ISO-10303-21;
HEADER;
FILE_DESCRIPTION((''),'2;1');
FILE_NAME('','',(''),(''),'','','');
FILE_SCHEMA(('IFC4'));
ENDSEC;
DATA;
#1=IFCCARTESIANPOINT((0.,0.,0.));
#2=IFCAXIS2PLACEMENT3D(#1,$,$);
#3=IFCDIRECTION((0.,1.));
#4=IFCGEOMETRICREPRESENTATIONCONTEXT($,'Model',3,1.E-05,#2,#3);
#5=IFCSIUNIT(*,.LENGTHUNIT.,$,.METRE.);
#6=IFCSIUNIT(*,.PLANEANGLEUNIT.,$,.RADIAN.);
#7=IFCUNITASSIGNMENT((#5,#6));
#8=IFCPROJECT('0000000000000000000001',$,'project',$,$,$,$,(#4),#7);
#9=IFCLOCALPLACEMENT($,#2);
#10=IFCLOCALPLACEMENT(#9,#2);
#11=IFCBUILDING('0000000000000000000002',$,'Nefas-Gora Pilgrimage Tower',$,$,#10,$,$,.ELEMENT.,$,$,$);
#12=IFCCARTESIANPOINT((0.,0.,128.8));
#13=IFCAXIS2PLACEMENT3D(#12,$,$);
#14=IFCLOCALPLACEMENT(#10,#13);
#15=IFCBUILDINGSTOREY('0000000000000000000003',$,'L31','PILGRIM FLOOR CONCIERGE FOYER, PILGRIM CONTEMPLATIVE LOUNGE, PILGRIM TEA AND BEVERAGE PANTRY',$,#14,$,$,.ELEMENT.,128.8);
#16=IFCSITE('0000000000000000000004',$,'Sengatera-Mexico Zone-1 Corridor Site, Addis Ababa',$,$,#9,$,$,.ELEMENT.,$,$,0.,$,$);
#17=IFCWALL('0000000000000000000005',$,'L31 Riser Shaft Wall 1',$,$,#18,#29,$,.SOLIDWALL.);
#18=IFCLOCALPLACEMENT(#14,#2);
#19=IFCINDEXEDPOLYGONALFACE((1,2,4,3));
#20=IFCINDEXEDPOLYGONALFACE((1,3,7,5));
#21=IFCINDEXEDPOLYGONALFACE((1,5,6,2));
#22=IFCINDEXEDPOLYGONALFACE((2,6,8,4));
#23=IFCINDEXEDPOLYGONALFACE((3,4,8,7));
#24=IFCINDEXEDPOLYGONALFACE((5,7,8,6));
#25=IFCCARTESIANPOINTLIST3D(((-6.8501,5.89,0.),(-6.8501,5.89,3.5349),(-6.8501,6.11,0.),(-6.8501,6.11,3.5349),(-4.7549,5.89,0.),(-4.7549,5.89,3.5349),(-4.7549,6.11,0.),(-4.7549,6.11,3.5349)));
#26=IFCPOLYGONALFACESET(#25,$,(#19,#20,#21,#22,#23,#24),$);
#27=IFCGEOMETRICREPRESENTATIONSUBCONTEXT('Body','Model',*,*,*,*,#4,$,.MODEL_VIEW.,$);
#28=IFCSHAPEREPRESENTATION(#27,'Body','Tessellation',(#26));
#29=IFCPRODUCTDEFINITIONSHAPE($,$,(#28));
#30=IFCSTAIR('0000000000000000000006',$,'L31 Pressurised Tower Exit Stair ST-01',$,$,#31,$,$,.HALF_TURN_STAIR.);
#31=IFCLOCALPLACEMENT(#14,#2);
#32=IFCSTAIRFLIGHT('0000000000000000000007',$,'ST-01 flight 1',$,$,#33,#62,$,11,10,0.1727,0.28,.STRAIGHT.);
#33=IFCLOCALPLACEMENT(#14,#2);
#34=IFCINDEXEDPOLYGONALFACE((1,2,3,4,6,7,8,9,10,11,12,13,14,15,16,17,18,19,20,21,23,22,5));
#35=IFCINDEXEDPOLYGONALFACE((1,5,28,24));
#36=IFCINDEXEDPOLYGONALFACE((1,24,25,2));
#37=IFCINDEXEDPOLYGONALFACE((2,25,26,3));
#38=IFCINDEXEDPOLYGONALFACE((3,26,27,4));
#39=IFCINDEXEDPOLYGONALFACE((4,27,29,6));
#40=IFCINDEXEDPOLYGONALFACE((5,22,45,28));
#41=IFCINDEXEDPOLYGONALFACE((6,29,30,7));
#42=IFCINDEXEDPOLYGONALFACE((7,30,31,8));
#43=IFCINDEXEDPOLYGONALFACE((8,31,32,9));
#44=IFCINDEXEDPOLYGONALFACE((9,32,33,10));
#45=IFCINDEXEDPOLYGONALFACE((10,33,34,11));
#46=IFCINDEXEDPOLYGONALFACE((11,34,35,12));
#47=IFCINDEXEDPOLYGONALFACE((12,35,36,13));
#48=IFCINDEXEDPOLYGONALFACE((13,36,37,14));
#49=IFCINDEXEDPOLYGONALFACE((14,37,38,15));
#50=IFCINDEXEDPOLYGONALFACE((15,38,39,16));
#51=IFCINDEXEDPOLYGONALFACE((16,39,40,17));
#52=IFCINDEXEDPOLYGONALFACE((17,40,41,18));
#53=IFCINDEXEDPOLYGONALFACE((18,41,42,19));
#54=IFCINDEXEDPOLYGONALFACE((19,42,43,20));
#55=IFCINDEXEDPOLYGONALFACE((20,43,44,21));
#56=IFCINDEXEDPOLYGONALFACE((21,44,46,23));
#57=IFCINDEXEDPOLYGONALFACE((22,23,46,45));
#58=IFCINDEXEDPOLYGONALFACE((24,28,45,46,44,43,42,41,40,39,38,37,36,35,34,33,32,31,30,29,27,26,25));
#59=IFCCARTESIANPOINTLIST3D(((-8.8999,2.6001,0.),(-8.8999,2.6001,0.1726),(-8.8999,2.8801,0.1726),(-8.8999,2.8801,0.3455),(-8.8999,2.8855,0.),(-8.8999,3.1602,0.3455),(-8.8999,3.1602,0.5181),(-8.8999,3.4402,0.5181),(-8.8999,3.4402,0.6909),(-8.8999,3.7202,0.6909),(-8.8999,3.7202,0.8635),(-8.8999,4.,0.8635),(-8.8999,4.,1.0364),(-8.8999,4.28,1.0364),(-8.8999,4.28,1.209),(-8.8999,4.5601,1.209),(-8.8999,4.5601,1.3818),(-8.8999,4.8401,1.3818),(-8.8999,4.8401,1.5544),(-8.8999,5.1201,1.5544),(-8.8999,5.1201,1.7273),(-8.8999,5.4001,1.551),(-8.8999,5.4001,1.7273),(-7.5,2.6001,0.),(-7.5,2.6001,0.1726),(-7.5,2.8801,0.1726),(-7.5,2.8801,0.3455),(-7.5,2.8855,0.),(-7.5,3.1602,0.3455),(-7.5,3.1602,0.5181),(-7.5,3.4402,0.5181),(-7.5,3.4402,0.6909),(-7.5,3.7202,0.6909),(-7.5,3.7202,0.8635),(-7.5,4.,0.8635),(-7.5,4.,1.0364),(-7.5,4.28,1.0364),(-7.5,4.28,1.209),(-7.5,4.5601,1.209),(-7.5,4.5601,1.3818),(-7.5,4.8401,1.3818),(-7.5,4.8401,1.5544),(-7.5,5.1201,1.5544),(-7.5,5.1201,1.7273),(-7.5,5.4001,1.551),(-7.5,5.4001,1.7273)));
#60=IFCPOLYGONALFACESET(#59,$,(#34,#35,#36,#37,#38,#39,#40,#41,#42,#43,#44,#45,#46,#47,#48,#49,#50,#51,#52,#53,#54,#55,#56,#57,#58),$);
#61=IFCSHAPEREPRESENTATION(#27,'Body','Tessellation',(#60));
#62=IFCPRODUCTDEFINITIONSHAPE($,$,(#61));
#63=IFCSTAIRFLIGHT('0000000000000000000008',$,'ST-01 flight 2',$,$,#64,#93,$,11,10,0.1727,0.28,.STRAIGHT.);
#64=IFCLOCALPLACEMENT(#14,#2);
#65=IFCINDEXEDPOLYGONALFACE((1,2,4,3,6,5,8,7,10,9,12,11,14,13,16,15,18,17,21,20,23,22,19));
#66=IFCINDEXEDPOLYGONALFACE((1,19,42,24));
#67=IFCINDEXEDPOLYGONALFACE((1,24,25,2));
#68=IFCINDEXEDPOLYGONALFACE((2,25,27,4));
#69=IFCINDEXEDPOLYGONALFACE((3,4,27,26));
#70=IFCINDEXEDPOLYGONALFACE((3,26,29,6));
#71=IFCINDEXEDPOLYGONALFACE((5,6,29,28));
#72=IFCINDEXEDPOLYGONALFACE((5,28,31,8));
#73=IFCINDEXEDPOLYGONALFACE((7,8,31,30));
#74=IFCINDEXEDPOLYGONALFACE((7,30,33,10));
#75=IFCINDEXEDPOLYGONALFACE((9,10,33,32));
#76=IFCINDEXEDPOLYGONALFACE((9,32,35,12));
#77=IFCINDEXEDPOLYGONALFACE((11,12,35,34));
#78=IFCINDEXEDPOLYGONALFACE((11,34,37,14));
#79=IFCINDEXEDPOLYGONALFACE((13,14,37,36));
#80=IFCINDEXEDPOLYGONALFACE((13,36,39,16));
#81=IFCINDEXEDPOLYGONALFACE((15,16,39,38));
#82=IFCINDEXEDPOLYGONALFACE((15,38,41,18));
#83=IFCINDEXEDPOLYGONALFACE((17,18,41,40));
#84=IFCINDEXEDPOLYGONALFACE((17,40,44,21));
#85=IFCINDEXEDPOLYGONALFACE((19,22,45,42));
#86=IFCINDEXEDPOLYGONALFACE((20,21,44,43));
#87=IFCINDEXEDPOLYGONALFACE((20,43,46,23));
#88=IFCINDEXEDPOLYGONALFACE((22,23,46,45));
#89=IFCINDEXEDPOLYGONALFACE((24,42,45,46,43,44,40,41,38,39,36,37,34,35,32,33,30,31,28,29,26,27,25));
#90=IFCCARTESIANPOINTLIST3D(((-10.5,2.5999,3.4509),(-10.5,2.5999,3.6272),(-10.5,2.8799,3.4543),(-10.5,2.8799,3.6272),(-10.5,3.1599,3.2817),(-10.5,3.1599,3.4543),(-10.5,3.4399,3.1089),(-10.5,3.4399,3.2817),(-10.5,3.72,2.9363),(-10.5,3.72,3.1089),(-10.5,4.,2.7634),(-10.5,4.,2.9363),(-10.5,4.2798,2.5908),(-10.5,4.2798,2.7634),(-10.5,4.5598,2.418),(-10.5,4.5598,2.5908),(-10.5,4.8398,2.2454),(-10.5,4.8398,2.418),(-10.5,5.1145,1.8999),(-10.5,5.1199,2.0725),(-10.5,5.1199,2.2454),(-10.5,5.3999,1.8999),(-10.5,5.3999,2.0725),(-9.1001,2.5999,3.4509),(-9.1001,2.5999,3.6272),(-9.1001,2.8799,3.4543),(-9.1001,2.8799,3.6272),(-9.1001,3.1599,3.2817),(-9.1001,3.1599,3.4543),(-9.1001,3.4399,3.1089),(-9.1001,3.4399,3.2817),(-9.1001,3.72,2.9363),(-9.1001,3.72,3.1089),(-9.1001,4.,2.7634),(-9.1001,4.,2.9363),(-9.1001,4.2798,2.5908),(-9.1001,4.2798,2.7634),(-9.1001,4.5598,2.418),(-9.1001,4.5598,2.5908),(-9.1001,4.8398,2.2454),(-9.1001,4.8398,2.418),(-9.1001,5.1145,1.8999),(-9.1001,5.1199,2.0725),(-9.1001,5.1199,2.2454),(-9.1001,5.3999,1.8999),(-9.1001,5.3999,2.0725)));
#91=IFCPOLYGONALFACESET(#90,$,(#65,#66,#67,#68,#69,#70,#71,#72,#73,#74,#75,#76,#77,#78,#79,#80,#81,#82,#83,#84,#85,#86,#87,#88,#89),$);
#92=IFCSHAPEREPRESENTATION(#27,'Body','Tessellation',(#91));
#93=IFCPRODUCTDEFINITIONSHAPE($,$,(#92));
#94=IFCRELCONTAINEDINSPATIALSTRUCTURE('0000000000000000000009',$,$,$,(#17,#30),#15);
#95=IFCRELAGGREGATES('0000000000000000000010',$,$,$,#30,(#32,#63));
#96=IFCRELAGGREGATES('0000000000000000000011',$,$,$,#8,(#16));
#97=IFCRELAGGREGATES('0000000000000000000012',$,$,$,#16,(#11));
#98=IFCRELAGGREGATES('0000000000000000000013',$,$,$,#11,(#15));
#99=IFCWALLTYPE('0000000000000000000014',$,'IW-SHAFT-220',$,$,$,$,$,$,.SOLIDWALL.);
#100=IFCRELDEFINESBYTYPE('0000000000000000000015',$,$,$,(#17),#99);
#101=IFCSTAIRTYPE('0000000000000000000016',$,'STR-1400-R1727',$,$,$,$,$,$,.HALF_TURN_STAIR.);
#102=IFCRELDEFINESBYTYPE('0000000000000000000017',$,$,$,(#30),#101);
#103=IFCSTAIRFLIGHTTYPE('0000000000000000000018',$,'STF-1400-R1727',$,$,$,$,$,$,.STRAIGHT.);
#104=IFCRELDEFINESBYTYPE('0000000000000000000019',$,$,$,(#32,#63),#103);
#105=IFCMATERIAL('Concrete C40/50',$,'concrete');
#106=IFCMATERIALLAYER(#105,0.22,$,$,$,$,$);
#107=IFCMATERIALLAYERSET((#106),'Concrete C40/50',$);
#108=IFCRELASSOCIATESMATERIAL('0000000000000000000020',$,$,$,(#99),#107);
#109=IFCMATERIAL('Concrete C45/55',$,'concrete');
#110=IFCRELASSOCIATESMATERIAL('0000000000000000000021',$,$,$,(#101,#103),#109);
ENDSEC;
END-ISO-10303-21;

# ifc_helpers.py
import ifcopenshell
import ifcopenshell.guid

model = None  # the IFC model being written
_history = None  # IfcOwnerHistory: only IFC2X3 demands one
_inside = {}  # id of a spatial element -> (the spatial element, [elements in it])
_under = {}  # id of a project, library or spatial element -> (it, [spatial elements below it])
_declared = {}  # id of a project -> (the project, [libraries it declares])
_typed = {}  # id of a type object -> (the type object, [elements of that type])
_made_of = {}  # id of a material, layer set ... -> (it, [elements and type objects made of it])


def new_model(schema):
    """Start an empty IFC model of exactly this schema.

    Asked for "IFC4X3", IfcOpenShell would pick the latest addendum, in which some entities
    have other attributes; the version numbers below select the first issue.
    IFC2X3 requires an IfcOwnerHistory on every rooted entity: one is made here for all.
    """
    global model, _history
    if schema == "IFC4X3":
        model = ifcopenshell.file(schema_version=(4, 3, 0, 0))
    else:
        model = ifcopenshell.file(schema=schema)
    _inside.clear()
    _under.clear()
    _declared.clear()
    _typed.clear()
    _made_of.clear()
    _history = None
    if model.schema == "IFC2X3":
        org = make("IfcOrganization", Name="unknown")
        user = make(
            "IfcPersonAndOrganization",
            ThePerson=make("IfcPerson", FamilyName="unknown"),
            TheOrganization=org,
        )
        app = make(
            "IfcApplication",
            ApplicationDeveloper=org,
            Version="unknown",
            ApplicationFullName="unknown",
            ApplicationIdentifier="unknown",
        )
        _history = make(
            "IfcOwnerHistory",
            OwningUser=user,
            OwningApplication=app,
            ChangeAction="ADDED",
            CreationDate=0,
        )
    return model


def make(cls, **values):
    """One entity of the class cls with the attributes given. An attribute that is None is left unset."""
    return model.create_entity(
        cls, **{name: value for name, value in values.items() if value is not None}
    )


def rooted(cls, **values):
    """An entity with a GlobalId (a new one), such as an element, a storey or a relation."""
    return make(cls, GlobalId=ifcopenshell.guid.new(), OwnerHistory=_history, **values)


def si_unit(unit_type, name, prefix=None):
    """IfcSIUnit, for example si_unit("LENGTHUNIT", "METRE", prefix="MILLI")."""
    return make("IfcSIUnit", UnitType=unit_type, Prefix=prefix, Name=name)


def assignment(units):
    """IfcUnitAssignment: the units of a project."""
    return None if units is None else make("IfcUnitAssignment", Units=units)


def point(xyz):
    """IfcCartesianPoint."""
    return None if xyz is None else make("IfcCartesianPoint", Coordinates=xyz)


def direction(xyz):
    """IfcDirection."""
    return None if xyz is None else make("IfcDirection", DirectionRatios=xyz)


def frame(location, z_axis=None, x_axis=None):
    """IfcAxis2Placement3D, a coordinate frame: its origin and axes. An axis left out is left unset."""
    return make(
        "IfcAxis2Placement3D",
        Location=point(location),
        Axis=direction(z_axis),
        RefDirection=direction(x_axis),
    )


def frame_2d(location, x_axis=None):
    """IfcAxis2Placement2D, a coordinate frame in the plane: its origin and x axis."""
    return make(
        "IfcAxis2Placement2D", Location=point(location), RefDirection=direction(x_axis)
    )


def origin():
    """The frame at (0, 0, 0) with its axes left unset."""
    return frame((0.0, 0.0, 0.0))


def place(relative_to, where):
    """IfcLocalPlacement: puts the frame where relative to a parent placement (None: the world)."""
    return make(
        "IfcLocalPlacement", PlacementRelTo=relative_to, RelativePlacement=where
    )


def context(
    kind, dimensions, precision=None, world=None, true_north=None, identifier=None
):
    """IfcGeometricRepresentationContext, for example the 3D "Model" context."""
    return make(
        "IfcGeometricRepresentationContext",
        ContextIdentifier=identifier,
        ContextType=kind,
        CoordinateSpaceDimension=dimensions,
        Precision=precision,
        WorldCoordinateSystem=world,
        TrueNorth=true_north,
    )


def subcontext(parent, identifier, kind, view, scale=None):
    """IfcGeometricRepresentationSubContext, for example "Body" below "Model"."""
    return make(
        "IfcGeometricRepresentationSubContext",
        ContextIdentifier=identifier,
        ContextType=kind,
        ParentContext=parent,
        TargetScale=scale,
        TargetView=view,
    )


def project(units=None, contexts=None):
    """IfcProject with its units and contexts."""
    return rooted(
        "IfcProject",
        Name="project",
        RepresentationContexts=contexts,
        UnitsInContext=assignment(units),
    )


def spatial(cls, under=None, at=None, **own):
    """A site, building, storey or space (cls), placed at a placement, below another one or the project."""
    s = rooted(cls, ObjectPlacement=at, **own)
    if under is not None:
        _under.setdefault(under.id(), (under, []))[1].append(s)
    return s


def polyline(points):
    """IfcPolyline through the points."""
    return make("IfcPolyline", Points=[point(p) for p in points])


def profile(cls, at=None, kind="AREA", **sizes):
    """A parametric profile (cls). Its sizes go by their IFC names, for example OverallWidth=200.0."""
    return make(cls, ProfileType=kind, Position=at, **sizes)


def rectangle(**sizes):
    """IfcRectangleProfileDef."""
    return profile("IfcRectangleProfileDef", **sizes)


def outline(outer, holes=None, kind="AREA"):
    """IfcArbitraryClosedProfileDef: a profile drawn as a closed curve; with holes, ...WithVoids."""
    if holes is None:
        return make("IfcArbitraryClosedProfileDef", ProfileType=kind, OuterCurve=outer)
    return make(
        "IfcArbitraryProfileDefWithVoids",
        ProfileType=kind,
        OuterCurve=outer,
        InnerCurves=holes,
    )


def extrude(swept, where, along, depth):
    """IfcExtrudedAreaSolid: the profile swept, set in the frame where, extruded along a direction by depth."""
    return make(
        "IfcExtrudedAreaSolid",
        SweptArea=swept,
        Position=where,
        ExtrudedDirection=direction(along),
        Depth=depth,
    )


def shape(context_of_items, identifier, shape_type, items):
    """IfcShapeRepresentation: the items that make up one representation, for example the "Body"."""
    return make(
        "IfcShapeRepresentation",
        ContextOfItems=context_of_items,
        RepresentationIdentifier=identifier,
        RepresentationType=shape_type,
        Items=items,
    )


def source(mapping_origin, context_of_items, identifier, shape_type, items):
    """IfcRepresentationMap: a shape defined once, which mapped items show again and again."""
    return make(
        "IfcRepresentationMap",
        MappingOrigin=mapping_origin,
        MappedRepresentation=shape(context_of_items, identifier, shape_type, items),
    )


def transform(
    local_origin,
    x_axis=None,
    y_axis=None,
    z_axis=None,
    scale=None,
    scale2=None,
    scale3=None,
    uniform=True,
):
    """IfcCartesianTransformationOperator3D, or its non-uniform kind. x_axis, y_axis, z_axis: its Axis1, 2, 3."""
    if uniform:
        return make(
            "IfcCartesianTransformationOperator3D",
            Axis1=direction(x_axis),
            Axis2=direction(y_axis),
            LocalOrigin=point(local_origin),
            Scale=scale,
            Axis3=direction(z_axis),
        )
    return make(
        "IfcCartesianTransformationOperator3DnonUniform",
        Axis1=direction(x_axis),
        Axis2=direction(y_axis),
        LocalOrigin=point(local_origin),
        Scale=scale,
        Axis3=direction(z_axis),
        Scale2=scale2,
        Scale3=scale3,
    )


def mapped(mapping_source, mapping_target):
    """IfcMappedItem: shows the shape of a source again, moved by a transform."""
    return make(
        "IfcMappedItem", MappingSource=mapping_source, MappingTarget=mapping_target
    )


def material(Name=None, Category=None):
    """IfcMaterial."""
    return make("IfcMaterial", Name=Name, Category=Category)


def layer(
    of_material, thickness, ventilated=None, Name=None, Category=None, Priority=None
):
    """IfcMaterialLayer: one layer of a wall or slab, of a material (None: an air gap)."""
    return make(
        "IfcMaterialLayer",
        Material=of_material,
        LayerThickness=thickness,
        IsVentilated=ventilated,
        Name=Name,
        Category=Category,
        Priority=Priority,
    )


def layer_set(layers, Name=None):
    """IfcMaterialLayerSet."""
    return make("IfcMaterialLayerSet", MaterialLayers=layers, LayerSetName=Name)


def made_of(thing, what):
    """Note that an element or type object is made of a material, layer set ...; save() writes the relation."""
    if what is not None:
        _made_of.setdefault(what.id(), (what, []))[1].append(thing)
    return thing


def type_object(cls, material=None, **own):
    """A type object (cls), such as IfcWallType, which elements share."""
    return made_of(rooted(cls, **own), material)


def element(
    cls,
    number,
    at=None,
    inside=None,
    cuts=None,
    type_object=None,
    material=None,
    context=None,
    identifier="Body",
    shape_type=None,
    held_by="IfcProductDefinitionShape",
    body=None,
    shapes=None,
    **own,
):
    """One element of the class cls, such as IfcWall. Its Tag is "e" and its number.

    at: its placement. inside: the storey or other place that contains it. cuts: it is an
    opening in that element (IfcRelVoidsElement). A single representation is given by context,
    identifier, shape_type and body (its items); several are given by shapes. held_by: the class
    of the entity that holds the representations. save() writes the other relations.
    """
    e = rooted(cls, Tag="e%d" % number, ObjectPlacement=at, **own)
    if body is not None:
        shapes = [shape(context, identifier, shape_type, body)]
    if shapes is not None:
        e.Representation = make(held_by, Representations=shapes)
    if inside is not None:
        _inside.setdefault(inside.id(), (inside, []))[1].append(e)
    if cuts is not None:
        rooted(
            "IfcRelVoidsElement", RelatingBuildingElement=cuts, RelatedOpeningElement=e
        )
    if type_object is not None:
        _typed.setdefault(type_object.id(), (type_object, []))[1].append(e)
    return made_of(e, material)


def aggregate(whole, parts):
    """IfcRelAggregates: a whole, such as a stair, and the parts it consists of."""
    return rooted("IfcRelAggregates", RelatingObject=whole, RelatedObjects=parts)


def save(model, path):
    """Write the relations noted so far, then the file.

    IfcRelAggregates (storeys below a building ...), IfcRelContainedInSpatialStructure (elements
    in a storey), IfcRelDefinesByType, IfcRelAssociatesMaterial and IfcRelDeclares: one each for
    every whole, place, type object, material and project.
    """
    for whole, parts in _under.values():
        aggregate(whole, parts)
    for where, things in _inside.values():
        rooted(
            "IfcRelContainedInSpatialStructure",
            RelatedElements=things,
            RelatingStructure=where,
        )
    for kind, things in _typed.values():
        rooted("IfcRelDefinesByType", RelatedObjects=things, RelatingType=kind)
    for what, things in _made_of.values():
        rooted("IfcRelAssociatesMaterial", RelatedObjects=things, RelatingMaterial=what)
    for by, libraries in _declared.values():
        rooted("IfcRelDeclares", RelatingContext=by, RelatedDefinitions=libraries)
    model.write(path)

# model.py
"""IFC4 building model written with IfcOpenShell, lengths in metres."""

from ifc_helpers import new_model, si_unit, direction, frame, frame_2d, origin, place, context, subcontext, project, spatial, polyline, rectangle, outline, extrude, source, transform, mapped, material, layer, layer_set, type_object, element, aggregate, save


model = new_model("IFC4")

# Units and contexts
model_context = context("Model", 3, precision=1e-05, world=origin(), true_north=direction((0.0, 1.0)))
body_context = subcontext(model_context, "Body", "Model", "MODEL_VIEW")
ifc_project = project(units=[si_unit("LENGTHUNIT", "METRE"), si_unit("PLANEANGLEUNIT", "RADIAN")], contexts=[model_context])

# Site, building, storey
site_placement = place(None, origin())
site = spatial("IfcSite", under=ifc_project, at=site_placement, Name="Sengatera-Mexico Zone-1 Corridor Site, Addis Ababa", CompositionType="ELEMENT", RefElevation=0.0)
building_placement = place(site_placement, origin())
building = spatial("IfcBuilding", under=site, at=building_placement, Name="Nefas-Gora Pilgrimage Tower", CompositionType="ELEMENT")
storey_placement = place(building_placement, frame((0.0, 0.0, 128.8)))
storey = spatial("IfcBuildingStorey", under=building, at=storey_placement, Name="L31", Description="PILGRIM FLOOR CONCIERGE FOYER, PILGRIM CONTEMPLATIVE LOUNGE, PILGRIM TEA AND BEVERAGE PANTRY", CompositionType="ELEMENT", Elevation=128.8)

# Shared definitions
ifc_material_1 = material(Name="Concrete C45/55", Category="concrete")

# Shared definitions
ifc_material_2 = material(Name="Concrete C40/50", Category="concrete")
ifc_layer_1 = layer(ifc_material_2, 0.22)
ifc_layer_set_1 = layer_set([ifc_layer_1], Name="Concrete C40/50")
wall_type_1 = type_object("IfcWallType", Name="IW-SHAFT-220", PredefinedType="SOLIDWALL", material=ifc_layer_set_1)

# Wall
shared_shape_1 = source(origin(), body_context, "Body", "SweptSolid", [
    extrude(rectangle(XDim=2.0952, YDim=0.22, at=frame_2d((1.0476, 0.0))), origin(), (0.0, 0.0, 1.0), 3.5349),
])
wall_1_placement = place(storey_placement, frame((-6.8501, 6.0, 0.0), z_axis=(0.0, 0.0, 1.0), x_axis=(1.0, 0.0, 0.0)))
element("IfcWall", 1, at=wall_1_placement, inside=storey, type_object=wall_type_1, Name="L31 Riser Shaft Wall 1", PredefinedType="SOLIDWALL", context=body_context, shape_type="MappedRepresentation", body=[
    mapped(shared_shape_1, transform((0.0, 0.0, 0.0), x_axis=(1.0, 0.0, 0.0), y_axis=(0.0, 1.0, 0.0), z_axis=(0.0, 0.0, 1.0), scale=1.0)),
])

# Stair, stair flights
stair_type = type_object("IfcStairType", Name="STR-1400-R1727", PredefinedType="HALF_TURN_STAIR", material=ifc_material_1)
stair_placement = place(storey_placement, origin())
stair = element("IfcStair", 2, at=stair_placement, inside=storey, type_object=stair_type, Name="L31 Pressurised Tower Exit Stair ST-01", PredefinedType="HALF_TURN_STAIR")
stair_flight_type = type_object("IfcStairFlightType", Name="STF-1400-R1727", PredefinedType="STRAIGHT", material=ifc_material_1)
shared_shape_2 = source(origin(), body_context, "Body", "SweptSolid", [
    extrude(outline(polyline([(0.0, 0.0), (0.0, 0.1726), (0.28, 0.1726), (0.28, 0.3455), (0.5601, 0.3455), (0.5601, 0.5181), (0.8401, 0.5181), (0.8401, 0.6909), (1.1201, 0.6909), (1.1201, 0.8635), (1.3999, 0.8635), (1.3999, 1.0364), (1.6799, 1.0364), (1.6799, 1.209), (1.96, 1.209), (1.96, 1.3818), (2.24, 1.3818), (2.24, 1.5544), (2.52, 1.5544), (2.52, 1.7273), (2.8, 1.7273), (2.8, 1.8999), (2.8, 1.551), (0.2854, 0.0), (0.0, 0.0)])), frame((0.0, 0.7, 0.0), z_axis=(0.0, -1.0, 0.0), x_axis=(1.0, 0.0, 0.0)), (0.0, 0.0, 1.0), 1.3999),
])
stair_flight_1_placement = place(storey_placement, frame((-8.2, 2.6001, 0.0), z_axis=(0.0, 0.0, 1.0), x_axis=(0.0, 1.0, 0.0)))
stair_flight_1 = element("IfcStairFlight", 3, at=stair_flight_1_placement, type_object=stair_flight_type, Name="ST-01 flight 1", NumberOfRisers=11, NumberOfTreads=10, PredefinedType="STRAIGHT", RiserHeight=0.1727, TreadLength=0.28, context=body_context, shape_type="MappedRepresentation", body=[
    mapped(shared_shape_2, transform((0.0, 0.0, 0.0), x_axis=(1.0, 0.0, 0.0), y_axis=(0.0, 1.0, 0.0), z_axis=(0.0, 0.0, 1.0), scale=1.0)),
])
stair_flight_2_placement = place(storey_placement, frame((-9.8, 5.3999, 1.8999), z_axis=(0.0, 0.0, 1.0), x_axis=(0.0, -1.0, 0.0)))
stair_flight_2 = element("IfcStairFlight", 4, at=stair_flight_2_placement, type_object=stair_flight_type, Name="ST-01 flight 2", NumberOfRisers=11, NumberOfTreads=10, PredefinedType="STRAIGHT", RiserHeight=0.1727, TreadLength=0.28, context=body_context, shape_type="MappedRepresentation", body=[
    mapped(shared_shape_2, transform((0.0, 0.0, 0.0), x_axis=(1.0, 0.0, 0.0), y_axis=(0.0, 1.0, 0.0), z_axis=(0.0, 0.0, 1.0), scale=1.0)),
])
aggregate(stair, [stair_flight_1, stair_flight_2])

save(model, "model.ifc")
